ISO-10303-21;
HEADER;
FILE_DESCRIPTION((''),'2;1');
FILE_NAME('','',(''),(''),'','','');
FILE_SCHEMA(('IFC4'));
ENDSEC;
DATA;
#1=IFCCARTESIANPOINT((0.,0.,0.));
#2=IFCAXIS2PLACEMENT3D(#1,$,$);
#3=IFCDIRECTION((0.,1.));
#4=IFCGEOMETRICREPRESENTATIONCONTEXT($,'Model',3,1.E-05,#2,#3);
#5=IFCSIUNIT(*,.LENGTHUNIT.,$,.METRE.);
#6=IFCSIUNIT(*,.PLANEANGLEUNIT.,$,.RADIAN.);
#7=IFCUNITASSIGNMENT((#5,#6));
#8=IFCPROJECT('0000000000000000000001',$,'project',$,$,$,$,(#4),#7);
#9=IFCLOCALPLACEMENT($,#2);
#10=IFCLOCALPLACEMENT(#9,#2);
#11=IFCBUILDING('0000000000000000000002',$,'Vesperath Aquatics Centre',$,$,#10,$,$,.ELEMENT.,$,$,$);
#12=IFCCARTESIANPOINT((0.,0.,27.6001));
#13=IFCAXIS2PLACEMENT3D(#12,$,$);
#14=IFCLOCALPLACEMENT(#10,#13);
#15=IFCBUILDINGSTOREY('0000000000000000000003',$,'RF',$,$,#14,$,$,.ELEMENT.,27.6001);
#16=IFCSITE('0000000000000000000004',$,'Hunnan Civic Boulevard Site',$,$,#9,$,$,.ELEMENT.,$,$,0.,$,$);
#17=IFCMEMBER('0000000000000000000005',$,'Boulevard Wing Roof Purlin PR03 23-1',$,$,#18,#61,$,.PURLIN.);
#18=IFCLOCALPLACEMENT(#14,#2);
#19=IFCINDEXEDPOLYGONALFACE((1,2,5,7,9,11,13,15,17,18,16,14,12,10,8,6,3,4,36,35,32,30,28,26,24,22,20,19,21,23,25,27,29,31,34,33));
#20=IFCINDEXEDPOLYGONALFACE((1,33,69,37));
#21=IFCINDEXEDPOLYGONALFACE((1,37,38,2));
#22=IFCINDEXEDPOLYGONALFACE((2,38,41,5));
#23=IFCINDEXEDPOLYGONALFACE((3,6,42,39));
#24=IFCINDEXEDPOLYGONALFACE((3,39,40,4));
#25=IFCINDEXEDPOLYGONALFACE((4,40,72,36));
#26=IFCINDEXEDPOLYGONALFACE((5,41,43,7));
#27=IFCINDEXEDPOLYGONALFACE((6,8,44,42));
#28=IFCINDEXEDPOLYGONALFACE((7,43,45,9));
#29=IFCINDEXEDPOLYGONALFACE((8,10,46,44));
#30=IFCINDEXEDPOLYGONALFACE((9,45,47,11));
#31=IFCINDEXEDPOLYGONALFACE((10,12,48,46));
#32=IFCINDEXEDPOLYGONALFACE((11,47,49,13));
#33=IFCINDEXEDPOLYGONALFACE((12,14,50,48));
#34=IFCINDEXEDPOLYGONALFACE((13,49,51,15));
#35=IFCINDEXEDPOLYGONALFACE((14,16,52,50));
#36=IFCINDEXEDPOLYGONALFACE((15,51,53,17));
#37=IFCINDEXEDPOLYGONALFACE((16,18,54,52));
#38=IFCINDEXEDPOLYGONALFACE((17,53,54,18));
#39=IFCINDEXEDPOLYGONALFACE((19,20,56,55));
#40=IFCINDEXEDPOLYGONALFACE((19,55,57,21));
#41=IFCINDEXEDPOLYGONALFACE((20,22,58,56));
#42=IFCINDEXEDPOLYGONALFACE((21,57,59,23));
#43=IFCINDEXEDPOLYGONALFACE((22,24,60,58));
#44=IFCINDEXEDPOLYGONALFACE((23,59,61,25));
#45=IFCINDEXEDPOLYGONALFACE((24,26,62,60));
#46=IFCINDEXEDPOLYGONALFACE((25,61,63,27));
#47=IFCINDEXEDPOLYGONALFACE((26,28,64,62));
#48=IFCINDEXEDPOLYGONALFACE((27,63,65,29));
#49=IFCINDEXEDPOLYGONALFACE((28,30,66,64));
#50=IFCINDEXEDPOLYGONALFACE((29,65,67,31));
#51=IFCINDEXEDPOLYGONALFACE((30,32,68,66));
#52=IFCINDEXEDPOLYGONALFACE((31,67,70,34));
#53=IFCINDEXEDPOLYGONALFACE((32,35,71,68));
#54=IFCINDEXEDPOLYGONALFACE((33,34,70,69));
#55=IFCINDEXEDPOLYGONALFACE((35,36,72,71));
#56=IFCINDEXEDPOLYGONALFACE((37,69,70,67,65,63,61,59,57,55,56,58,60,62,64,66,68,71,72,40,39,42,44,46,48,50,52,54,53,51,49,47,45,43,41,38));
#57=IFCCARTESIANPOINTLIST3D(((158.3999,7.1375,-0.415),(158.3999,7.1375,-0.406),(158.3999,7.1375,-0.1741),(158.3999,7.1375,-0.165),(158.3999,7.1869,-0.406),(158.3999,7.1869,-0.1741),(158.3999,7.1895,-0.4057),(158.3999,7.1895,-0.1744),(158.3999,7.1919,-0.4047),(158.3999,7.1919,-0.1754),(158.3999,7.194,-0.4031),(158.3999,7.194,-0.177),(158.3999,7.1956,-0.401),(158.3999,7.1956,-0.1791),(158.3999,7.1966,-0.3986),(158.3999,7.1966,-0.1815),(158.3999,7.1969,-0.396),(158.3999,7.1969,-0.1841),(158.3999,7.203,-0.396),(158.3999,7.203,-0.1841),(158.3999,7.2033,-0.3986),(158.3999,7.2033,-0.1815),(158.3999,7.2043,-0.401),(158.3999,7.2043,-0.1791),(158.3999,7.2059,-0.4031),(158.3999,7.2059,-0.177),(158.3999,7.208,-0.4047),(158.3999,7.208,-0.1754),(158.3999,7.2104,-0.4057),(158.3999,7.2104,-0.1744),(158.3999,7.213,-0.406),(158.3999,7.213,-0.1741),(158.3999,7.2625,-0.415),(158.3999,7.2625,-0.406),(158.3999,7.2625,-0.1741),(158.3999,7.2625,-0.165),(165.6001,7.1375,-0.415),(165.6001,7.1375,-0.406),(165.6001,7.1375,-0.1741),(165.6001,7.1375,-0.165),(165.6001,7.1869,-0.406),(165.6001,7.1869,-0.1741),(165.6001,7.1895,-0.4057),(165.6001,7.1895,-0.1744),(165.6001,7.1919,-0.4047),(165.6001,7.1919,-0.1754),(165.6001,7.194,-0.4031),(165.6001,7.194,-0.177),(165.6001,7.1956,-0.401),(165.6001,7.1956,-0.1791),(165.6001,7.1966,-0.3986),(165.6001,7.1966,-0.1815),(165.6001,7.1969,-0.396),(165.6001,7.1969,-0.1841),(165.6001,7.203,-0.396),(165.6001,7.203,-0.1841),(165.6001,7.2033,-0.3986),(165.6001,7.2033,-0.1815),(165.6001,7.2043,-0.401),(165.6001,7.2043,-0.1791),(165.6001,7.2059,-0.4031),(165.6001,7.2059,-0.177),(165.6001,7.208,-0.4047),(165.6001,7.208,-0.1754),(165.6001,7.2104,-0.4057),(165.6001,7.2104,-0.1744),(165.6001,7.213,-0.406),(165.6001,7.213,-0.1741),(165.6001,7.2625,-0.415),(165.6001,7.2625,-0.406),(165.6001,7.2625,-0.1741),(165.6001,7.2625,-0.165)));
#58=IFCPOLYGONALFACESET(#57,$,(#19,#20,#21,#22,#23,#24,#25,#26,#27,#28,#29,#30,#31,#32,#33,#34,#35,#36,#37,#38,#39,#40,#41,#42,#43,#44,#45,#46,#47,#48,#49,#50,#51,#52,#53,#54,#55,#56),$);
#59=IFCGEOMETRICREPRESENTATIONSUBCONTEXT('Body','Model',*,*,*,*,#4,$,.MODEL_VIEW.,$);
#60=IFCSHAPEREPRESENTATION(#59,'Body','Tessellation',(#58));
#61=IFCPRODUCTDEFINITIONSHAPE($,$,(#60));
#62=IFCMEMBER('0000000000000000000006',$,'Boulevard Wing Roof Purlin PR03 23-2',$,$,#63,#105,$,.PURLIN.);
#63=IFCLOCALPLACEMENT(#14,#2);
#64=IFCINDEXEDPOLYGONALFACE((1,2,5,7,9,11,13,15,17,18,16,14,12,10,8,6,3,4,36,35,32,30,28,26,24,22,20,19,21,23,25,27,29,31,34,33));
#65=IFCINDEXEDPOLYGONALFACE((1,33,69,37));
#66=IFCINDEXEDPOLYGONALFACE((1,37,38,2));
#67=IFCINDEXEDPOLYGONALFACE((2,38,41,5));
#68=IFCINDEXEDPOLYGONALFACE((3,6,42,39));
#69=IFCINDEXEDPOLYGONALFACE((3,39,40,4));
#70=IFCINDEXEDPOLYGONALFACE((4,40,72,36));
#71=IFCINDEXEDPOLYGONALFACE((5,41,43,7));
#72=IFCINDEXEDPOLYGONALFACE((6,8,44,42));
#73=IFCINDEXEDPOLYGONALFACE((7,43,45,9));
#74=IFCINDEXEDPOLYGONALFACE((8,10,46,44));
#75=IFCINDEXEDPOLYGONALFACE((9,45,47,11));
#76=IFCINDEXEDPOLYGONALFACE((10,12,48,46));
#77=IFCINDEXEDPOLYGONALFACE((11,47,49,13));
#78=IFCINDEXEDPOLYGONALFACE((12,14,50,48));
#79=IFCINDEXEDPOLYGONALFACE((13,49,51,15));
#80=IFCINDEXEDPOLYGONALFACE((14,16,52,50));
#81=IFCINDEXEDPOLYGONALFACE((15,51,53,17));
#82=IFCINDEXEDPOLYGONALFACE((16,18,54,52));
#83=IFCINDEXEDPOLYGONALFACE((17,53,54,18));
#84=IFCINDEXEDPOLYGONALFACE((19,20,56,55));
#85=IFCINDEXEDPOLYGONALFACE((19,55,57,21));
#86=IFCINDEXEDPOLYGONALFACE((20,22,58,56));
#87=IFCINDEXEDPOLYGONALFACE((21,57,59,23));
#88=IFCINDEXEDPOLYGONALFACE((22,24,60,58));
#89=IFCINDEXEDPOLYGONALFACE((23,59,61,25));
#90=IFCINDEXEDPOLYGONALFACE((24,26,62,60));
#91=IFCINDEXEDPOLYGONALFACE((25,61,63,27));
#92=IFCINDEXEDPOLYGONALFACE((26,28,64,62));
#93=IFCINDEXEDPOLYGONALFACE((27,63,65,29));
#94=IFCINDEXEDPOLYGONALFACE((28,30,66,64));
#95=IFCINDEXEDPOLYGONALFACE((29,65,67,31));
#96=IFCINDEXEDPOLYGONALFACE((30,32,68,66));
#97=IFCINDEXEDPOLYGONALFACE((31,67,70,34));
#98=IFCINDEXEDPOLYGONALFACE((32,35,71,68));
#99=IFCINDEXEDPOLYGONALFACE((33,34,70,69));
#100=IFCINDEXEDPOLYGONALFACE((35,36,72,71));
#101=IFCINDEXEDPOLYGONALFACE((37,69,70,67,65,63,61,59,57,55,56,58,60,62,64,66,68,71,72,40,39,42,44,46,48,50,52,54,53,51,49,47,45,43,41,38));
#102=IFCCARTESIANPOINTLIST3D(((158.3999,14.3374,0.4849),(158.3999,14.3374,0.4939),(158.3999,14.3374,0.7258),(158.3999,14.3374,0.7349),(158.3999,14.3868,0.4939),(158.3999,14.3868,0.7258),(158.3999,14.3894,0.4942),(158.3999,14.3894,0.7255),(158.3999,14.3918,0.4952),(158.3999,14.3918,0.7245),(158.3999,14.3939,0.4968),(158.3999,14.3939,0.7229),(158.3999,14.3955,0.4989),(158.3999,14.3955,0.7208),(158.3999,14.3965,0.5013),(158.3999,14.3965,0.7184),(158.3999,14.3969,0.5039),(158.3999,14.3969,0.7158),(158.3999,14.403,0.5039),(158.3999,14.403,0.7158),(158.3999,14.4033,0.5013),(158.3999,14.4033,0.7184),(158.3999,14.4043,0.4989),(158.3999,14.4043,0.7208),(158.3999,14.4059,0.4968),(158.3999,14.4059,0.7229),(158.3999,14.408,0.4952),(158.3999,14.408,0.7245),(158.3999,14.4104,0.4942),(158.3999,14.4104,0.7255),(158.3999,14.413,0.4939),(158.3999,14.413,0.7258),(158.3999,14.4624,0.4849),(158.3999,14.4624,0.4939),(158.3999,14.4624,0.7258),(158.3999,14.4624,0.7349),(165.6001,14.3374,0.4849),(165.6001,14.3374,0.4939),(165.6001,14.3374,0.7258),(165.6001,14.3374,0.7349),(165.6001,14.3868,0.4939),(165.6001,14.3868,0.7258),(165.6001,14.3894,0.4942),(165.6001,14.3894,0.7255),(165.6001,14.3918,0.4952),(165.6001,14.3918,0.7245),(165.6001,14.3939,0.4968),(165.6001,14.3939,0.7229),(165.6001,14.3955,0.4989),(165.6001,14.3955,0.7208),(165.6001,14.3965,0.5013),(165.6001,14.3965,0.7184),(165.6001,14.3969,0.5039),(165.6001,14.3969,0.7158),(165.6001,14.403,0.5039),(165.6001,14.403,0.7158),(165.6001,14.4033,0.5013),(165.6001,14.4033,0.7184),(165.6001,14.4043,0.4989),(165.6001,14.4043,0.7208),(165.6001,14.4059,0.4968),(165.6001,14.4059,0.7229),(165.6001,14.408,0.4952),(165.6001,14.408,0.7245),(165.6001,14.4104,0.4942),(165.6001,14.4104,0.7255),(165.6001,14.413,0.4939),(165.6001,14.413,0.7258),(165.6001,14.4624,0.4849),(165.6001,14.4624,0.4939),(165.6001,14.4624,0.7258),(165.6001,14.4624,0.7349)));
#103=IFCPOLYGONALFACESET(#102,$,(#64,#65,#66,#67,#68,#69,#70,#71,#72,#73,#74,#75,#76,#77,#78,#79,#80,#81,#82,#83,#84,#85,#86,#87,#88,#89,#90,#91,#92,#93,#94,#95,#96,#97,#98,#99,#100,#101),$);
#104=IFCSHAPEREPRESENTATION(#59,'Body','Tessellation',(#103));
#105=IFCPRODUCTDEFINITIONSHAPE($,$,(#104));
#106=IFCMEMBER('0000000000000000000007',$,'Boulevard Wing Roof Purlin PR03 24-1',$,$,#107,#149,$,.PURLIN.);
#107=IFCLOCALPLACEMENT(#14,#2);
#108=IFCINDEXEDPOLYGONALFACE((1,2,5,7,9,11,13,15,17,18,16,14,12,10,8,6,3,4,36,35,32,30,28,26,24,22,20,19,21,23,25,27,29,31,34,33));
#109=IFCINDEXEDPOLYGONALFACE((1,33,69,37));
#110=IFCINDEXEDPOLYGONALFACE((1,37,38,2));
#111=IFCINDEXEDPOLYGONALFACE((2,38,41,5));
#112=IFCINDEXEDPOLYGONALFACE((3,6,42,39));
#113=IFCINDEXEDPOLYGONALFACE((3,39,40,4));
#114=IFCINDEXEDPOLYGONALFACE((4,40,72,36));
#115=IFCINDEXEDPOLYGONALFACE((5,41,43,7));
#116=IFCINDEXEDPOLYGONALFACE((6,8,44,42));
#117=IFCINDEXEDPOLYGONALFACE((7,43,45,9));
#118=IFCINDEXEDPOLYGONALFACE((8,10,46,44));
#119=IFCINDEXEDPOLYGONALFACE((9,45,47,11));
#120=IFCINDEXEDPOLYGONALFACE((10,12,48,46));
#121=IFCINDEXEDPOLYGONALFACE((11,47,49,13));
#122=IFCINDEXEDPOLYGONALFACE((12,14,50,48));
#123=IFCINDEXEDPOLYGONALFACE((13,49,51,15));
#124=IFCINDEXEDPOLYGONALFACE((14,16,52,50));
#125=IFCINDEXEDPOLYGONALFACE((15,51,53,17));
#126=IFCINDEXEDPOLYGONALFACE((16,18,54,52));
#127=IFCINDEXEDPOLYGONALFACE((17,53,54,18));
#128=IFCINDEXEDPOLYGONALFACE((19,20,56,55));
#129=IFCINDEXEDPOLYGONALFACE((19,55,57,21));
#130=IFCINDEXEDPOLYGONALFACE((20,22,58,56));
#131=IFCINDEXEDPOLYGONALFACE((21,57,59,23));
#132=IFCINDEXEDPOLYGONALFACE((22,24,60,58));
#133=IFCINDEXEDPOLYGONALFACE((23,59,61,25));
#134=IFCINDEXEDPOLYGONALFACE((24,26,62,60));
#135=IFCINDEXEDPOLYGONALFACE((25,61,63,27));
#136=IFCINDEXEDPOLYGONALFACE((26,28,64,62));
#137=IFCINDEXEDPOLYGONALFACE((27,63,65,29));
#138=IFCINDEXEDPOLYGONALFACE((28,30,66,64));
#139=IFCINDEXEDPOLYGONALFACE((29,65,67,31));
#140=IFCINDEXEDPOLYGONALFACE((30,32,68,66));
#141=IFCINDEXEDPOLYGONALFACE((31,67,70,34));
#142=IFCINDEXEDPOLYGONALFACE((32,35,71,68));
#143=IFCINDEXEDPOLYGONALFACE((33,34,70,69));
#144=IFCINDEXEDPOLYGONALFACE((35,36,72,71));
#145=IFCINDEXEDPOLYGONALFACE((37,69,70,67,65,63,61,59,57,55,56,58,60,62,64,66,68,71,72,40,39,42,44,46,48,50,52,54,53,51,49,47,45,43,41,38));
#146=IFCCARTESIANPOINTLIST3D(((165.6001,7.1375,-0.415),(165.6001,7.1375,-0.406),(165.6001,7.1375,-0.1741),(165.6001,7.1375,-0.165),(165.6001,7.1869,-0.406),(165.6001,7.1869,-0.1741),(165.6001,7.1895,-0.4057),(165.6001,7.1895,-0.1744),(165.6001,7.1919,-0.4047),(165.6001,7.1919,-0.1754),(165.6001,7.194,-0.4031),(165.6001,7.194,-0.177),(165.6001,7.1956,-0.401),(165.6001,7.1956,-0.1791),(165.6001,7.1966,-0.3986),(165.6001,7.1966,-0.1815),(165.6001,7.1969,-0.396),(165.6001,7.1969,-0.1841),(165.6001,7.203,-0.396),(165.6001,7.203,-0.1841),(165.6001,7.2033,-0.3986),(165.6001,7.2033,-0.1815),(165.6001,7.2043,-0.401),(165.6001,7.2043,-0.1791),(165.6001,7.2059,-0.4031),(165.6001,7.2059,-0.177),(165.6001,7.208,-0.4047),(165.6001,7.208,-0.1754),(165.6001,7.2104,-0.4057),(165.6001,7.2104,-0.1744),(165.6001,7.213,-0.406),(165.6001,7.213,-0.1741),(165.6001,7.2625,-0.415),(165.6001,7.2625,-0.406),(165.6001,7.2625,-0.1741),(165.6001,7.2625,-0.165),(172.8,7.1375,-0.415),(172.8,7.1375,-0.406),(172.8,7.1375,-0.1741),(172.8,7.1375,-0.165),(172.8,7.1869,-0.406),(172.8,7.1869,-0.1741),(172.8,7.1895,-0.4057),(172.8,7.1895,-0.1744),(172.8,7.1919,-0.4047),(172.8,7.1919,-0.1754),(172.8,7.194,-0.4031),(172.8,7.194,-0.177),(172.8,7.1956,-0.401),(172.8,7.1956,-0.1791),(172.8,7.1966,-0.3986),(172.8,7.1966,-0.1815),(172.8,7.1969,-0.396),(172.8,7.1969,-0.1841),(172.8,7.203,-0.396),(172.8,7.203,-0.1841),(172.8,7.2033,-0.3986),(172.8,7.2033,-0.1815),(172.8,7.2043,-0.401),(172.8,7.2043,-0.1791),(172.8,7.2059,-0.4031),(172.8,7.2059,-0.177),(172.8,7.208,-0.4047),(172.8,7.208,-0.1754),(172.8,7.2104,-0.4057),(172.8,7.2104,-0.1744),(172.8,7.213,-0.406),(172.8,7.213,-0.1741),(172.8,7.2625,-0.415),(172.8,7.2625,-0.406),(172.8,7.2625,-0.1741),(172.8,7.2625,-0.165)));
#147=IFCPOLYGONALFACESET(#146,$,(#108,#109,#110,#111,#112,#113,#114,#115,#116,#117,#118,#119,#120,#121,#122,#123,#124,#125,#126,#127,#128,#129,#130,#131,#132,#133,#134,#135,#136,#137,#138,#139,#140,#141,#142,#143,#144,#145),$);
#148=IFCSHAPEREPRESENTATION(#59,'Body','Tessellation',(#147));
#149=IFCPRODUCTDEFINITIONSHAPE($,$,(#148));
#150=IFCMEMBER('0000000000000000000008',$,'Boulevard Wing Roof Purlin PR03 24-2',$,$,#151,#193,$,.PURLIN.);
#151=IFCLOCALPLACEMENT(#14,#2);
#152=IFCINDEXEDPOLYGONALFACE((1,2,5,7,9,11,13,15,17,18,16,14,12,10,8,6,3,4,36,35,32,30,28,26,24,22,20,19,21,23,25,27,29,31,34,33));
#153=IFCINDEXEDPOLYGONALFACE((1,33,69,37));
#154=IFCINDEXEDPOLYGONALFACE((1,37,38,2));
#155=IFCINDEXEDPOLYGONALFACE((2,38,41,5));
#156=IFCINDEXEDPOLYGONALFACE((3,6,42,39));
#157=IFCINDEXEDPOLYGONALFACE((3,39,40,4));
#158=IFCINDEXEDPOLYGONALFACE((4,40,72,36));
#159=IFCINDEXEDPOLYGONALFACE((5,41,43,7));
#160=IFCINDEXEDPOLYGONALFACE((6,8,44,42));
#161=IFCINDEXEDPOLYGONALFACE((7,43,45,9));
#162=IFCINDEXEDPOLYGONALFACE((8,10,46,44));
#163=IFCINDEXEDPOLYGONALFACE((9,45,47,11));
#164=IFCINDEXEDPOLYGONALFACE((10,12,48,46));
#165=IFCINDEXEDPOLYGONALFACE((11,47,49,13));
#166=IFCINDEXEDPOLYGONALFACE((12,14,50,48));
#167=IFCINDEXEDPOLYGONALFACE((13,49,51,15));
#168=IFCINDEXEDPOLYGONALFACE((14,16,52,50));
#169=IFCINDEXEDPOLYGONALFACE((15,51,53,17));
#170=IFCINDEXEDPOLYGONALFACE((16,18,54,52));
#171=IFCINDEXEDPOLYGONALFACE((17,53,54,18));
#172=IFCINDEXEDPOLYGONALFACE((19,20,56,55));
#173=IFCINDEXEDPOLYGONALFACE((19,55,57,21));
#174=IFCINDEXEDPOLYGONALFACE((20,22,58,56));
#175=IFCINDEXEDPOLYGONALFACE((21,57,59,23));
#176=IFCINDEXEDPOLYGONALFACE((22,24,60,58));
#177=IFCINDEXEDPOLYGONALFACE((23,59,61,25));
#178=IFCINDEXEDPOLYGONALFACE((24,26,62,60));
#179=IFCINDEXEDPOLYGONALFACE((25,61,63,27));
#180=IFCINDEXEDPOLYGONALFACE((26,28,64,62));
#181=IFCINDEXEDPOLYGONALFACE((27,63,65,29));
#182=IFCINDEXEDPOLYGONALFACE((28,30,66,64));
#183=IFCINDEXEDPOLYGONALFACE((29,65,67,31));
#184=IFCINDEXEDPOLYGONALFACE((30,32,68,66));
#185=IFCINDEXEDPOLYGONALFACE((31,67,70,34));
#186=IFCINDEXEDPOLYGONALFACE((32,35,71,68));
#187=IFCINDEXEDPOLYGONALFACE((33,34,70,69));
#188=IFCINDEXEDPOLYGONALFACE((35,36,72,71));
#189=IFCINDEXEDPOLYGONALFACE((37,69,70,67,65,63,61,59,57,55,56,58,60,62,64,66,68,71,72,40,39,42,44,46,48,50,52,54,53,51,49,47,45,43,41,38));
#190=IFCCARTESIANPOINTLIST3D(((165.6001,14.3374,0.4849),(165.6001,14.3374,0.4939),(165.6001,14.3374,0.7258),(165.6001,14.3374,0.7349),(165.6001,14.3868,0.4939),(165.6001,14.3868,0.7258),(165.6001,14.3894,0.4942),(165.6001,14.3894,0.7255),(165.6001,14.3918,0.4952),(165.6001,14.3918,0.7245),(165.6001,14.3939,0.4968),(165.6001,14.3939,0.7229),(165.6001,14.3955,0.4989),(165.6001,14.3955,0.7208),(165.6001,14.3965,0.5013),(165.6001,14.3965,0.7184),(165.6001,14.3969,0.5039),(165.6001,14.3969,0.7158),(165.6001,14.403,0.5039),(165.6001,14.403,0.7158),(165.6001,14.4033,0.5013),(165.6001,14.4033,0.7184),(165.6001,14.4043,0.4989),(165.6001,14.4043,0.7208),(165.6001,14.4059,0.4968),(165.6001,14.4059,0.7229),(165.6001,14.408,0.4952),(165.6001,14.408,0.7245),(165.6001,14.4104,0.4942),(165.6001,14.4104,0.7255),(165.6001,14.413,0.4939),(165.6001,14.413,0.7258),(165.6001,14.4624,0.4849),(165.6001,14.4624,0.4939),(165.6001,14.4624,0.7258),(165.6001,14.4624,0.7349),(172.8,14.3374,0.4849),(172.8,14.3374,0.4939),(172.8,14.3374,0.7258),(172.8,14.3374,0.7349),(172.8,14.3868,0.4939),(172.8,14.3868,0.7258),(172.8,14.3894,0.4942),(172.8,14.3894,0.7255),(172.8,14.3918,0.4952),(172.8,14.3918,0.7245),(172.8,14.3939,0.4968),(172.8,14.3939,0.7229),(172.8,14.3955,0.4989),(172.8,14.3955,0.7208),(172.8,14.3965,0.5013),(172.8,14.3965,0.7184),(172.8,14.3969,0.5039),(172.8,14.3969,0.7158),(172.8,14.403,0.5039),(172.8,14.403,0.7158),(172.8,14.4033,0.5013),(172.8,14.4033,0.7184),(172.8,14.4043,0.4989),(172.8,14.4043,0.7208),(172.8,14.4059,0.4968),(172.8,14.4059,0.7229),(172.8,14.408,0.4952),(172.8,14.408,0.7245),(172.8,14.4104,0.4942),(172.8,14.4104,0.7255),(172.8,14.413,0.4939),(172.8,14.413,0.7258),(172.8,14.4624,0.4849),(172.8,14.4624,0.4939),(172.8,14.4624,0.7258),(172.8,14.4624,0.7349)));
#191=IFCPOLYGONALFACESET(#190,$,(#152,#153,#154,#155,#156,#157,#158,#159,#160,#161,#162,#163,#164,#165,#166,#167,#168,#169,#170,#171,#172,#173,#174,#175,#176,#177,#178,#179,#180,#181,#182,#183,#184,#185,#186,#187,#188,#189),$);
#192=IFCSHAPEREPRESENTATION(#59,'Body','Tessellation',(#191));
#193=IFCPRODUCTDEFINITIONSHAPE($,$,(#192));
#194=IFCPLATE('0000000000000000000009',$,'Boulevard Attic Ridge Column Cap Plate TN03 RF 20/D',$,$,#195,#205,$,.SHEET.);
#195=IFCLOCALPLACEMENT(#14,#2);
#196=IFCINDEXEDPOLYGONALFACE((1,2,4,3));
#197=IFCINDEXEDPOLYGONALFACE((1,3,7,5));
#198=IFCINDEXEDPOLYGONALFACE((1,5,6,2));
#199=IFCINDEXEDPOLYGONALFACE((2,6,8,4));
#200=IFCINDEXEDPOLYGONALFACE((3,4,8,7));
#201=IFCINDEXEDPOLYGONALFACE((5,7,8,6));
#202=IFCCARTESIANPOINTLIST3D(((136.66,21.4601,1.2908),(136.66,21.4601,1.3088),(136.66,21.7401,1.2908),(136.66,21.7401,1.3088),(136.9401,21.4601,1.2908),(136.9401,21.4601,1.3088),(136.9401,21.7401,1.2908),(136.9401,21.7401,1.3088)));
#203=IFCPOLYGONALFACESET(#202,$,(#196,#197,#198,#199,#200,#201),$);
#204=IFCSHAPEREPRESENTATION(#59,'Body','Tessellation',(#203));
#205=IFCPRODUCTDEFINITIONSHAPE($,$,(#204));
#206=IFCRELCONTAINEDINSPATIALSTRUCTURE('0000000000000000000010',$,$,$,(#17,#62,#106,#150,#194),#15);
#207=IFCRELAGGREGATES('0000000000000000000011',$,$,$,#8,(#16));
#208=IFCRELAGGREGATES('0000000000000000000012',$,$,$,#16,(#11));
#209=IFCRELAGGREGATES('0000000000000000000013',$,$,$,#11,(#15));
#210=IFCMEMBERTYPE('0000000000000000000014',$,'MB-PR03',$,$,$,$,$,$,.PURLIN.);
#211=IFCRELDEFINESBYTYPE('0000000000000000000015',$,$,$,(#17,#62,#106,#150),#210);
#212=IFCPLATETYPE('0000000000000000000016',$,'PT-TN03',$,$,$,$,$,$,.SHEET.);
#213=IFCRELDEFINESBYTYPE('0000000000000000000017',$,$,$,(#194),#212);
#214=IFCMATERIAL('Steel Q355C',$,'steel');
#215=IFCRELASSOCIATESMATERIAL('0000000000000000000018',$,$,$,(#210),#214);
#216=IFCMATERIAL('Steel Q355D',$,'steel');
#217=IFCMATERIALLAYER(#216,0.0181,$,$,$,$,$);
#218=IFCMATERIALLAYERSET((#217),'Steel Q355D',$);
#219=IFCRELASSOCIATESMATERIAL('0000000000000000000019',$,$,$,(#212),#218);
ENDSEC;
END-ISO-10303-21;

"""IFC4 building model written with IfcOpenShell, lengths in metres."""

from ifc_helpers import new_model, si_unit, direction, frame, origin, origin_2d, place, context, subcontext, project, spatial, rectangle, i_section, extrude, material, layer, layer_set, material_profile, profile_set, type_object, element, save


model = new_model("IFC4")

# Units and contexts
model_context = context("Model", 3, precision=1e-05, world=origin(), true_north=direction((0.0, 1.0)))
body_context = subcontext(model_context, "Body", "Model", "MODEL_VIEW")
ifc_project = project(units=[si_unit("LENGTHUNIT", "METRE"), si_unit("PLANEANGLEUNIT", "RADIAN")], contexts=[model_context])

# Site, building, storey
site_placement = place(None, origin())
site = spatial("IfcSite", under=ifc_project, at=site_placement, Name="Hunnan Civic Boulevard Site", CompositionType="ELEMENT", RefElevation=0.0)
building_placement = place(site_placement, origin())
building = spatial("IfcBuilding", under=site, at=building_placement, Name="Vesperath Aquatics Centre", CompositionType="ELEMENT")
storey_placement = place(building_placement, frame((0.0, 0.0, 27.6001)))
storey = spatial("IfcBuildingStorey", under=building, at=storey_placement, Name="RF", CompositionType="ELEMENT", Elevation=27.6001)

# Shared definitions
ifc_material_1 = material(Name="Steel Q355C", Category="steel")

# Shared definitions
ifc_material_2 = material(Name="Steel Q355D", Category="steel")

# Members
ifc_material_profile_1 = material_profile(ifc_material_1, i_section(OverallWidth=0.125, OverallDepth=0.25, WebThickness=0.0061, FlangeThickness=0.009, FilletRadius=0.01, at=origin_2d()), Name="HN 250x125x6x9")
ifc_profile_set_1 = profile_set([ifc_material_profile_1], Name="Steel Q355C")
member_type_1 = type_object("IfcMemberType", Name="MB-PR03", PredefinedType="PURLIN", material=ifc_profile_set_1)
for number, where, z_axis, x_axis, name in (
    (1, (158.3999, 7.2, -0.29), (1.0, 0.0, 0.0), (0.0, 1.0, 0.0), "Boulevard Wing Roof Purlin PR03 23-1"),
    (2, (158.3999, 14.3999, 0.6099), (1.0, 0.0, 0.0), (0.0, 1.0, 0.0), "Boulevard Wing Roof Purlin PR03 23-2"),
):
    element("IfcMember", number, at=place(storey_placement, frame(where, z_axis=z_axis, x_axis=x_axis)), inside=storey, type_object=member_type_1, Name=name, PredefinedType="PURLIN", context=body_context, shape_type="SweptSolid", body=[
        extrude(i_section(OverallWidth=0.125, OverallDepth=0.25, WebThickness=0.0061, FlangeThickness=0.009, FilletRadius=0.01, at=origin_2d()), origin(), (0.0, 0.0, 1.0), 7.2002),
    ])
for number, where, z_axis, x_axis, name in (
    (3, (165.6001, 7.2, -0.29), (1.0, 0.0, 0.0), (0.0, 1.0, 0.0), "Boulevard Wing Roof Purlin PR03 24-1"),
    (4, (165.6001, 14.3999, 0.6099), (1.0, 0.0, 0.0), (0.0, 1.0, 0.0), "Boulevard Wing Roof Purlin PR03 24-2"),
):
    element("IfcMember", number, at=place(storey_placement, frame(where, z_axis=z_axis, x_axis=x_axis)), inside=storey, type_object=member_type_1, Name=name, PredefinedType="PURLIN", context=body_context, shape_type="SweptSolid", body=[
        extrude(i_section(OverallWidth=0.125, OverallDepth=0.25, WebThickness=0.0061, FlangeThickness=0.009, FilletRadius=0.01, at=origin_2d()), origin(), (0.0, 0.0, 1.0), 7.2),
    ])

# Plate
ifc_layer_1 = layer(ifc_material_2, 0.0181)
ifc_layer_set_1 = layer_set([ifc_layer_1], Name="Steel Q355D")
plate_type = type_object("IfcPlateType", Name="PT-TN03", PredefinedType="SHEET", material=ifc_layer_set_1)
for number, where, z_axis, x_axis, name in (
    (5, (136.8, 21.6001, 1.2908), (0.0, 0.0, 1.0), (1.0, 0.0, 0.0), "Boulevard Attic Ridge Column Cap Plate TN03 RF 20/D"),
):
    element("IfcPlate", number, at=place(storey_placement, frame(where, z_axis=z_axis, x_axis=x_axis)), inside=storey, type_object=plate_type, Name=name, PredefinedType="SHEET", context=body_context, shape_type="SweptSolid", body=[
        extrude(rectangle(XDim=0.28, YDim=0.28, at=origin_2d()), origin(), (0.0, 0.0, 1.0), 0.0181),
    ])

save(model, "model.ifc")
